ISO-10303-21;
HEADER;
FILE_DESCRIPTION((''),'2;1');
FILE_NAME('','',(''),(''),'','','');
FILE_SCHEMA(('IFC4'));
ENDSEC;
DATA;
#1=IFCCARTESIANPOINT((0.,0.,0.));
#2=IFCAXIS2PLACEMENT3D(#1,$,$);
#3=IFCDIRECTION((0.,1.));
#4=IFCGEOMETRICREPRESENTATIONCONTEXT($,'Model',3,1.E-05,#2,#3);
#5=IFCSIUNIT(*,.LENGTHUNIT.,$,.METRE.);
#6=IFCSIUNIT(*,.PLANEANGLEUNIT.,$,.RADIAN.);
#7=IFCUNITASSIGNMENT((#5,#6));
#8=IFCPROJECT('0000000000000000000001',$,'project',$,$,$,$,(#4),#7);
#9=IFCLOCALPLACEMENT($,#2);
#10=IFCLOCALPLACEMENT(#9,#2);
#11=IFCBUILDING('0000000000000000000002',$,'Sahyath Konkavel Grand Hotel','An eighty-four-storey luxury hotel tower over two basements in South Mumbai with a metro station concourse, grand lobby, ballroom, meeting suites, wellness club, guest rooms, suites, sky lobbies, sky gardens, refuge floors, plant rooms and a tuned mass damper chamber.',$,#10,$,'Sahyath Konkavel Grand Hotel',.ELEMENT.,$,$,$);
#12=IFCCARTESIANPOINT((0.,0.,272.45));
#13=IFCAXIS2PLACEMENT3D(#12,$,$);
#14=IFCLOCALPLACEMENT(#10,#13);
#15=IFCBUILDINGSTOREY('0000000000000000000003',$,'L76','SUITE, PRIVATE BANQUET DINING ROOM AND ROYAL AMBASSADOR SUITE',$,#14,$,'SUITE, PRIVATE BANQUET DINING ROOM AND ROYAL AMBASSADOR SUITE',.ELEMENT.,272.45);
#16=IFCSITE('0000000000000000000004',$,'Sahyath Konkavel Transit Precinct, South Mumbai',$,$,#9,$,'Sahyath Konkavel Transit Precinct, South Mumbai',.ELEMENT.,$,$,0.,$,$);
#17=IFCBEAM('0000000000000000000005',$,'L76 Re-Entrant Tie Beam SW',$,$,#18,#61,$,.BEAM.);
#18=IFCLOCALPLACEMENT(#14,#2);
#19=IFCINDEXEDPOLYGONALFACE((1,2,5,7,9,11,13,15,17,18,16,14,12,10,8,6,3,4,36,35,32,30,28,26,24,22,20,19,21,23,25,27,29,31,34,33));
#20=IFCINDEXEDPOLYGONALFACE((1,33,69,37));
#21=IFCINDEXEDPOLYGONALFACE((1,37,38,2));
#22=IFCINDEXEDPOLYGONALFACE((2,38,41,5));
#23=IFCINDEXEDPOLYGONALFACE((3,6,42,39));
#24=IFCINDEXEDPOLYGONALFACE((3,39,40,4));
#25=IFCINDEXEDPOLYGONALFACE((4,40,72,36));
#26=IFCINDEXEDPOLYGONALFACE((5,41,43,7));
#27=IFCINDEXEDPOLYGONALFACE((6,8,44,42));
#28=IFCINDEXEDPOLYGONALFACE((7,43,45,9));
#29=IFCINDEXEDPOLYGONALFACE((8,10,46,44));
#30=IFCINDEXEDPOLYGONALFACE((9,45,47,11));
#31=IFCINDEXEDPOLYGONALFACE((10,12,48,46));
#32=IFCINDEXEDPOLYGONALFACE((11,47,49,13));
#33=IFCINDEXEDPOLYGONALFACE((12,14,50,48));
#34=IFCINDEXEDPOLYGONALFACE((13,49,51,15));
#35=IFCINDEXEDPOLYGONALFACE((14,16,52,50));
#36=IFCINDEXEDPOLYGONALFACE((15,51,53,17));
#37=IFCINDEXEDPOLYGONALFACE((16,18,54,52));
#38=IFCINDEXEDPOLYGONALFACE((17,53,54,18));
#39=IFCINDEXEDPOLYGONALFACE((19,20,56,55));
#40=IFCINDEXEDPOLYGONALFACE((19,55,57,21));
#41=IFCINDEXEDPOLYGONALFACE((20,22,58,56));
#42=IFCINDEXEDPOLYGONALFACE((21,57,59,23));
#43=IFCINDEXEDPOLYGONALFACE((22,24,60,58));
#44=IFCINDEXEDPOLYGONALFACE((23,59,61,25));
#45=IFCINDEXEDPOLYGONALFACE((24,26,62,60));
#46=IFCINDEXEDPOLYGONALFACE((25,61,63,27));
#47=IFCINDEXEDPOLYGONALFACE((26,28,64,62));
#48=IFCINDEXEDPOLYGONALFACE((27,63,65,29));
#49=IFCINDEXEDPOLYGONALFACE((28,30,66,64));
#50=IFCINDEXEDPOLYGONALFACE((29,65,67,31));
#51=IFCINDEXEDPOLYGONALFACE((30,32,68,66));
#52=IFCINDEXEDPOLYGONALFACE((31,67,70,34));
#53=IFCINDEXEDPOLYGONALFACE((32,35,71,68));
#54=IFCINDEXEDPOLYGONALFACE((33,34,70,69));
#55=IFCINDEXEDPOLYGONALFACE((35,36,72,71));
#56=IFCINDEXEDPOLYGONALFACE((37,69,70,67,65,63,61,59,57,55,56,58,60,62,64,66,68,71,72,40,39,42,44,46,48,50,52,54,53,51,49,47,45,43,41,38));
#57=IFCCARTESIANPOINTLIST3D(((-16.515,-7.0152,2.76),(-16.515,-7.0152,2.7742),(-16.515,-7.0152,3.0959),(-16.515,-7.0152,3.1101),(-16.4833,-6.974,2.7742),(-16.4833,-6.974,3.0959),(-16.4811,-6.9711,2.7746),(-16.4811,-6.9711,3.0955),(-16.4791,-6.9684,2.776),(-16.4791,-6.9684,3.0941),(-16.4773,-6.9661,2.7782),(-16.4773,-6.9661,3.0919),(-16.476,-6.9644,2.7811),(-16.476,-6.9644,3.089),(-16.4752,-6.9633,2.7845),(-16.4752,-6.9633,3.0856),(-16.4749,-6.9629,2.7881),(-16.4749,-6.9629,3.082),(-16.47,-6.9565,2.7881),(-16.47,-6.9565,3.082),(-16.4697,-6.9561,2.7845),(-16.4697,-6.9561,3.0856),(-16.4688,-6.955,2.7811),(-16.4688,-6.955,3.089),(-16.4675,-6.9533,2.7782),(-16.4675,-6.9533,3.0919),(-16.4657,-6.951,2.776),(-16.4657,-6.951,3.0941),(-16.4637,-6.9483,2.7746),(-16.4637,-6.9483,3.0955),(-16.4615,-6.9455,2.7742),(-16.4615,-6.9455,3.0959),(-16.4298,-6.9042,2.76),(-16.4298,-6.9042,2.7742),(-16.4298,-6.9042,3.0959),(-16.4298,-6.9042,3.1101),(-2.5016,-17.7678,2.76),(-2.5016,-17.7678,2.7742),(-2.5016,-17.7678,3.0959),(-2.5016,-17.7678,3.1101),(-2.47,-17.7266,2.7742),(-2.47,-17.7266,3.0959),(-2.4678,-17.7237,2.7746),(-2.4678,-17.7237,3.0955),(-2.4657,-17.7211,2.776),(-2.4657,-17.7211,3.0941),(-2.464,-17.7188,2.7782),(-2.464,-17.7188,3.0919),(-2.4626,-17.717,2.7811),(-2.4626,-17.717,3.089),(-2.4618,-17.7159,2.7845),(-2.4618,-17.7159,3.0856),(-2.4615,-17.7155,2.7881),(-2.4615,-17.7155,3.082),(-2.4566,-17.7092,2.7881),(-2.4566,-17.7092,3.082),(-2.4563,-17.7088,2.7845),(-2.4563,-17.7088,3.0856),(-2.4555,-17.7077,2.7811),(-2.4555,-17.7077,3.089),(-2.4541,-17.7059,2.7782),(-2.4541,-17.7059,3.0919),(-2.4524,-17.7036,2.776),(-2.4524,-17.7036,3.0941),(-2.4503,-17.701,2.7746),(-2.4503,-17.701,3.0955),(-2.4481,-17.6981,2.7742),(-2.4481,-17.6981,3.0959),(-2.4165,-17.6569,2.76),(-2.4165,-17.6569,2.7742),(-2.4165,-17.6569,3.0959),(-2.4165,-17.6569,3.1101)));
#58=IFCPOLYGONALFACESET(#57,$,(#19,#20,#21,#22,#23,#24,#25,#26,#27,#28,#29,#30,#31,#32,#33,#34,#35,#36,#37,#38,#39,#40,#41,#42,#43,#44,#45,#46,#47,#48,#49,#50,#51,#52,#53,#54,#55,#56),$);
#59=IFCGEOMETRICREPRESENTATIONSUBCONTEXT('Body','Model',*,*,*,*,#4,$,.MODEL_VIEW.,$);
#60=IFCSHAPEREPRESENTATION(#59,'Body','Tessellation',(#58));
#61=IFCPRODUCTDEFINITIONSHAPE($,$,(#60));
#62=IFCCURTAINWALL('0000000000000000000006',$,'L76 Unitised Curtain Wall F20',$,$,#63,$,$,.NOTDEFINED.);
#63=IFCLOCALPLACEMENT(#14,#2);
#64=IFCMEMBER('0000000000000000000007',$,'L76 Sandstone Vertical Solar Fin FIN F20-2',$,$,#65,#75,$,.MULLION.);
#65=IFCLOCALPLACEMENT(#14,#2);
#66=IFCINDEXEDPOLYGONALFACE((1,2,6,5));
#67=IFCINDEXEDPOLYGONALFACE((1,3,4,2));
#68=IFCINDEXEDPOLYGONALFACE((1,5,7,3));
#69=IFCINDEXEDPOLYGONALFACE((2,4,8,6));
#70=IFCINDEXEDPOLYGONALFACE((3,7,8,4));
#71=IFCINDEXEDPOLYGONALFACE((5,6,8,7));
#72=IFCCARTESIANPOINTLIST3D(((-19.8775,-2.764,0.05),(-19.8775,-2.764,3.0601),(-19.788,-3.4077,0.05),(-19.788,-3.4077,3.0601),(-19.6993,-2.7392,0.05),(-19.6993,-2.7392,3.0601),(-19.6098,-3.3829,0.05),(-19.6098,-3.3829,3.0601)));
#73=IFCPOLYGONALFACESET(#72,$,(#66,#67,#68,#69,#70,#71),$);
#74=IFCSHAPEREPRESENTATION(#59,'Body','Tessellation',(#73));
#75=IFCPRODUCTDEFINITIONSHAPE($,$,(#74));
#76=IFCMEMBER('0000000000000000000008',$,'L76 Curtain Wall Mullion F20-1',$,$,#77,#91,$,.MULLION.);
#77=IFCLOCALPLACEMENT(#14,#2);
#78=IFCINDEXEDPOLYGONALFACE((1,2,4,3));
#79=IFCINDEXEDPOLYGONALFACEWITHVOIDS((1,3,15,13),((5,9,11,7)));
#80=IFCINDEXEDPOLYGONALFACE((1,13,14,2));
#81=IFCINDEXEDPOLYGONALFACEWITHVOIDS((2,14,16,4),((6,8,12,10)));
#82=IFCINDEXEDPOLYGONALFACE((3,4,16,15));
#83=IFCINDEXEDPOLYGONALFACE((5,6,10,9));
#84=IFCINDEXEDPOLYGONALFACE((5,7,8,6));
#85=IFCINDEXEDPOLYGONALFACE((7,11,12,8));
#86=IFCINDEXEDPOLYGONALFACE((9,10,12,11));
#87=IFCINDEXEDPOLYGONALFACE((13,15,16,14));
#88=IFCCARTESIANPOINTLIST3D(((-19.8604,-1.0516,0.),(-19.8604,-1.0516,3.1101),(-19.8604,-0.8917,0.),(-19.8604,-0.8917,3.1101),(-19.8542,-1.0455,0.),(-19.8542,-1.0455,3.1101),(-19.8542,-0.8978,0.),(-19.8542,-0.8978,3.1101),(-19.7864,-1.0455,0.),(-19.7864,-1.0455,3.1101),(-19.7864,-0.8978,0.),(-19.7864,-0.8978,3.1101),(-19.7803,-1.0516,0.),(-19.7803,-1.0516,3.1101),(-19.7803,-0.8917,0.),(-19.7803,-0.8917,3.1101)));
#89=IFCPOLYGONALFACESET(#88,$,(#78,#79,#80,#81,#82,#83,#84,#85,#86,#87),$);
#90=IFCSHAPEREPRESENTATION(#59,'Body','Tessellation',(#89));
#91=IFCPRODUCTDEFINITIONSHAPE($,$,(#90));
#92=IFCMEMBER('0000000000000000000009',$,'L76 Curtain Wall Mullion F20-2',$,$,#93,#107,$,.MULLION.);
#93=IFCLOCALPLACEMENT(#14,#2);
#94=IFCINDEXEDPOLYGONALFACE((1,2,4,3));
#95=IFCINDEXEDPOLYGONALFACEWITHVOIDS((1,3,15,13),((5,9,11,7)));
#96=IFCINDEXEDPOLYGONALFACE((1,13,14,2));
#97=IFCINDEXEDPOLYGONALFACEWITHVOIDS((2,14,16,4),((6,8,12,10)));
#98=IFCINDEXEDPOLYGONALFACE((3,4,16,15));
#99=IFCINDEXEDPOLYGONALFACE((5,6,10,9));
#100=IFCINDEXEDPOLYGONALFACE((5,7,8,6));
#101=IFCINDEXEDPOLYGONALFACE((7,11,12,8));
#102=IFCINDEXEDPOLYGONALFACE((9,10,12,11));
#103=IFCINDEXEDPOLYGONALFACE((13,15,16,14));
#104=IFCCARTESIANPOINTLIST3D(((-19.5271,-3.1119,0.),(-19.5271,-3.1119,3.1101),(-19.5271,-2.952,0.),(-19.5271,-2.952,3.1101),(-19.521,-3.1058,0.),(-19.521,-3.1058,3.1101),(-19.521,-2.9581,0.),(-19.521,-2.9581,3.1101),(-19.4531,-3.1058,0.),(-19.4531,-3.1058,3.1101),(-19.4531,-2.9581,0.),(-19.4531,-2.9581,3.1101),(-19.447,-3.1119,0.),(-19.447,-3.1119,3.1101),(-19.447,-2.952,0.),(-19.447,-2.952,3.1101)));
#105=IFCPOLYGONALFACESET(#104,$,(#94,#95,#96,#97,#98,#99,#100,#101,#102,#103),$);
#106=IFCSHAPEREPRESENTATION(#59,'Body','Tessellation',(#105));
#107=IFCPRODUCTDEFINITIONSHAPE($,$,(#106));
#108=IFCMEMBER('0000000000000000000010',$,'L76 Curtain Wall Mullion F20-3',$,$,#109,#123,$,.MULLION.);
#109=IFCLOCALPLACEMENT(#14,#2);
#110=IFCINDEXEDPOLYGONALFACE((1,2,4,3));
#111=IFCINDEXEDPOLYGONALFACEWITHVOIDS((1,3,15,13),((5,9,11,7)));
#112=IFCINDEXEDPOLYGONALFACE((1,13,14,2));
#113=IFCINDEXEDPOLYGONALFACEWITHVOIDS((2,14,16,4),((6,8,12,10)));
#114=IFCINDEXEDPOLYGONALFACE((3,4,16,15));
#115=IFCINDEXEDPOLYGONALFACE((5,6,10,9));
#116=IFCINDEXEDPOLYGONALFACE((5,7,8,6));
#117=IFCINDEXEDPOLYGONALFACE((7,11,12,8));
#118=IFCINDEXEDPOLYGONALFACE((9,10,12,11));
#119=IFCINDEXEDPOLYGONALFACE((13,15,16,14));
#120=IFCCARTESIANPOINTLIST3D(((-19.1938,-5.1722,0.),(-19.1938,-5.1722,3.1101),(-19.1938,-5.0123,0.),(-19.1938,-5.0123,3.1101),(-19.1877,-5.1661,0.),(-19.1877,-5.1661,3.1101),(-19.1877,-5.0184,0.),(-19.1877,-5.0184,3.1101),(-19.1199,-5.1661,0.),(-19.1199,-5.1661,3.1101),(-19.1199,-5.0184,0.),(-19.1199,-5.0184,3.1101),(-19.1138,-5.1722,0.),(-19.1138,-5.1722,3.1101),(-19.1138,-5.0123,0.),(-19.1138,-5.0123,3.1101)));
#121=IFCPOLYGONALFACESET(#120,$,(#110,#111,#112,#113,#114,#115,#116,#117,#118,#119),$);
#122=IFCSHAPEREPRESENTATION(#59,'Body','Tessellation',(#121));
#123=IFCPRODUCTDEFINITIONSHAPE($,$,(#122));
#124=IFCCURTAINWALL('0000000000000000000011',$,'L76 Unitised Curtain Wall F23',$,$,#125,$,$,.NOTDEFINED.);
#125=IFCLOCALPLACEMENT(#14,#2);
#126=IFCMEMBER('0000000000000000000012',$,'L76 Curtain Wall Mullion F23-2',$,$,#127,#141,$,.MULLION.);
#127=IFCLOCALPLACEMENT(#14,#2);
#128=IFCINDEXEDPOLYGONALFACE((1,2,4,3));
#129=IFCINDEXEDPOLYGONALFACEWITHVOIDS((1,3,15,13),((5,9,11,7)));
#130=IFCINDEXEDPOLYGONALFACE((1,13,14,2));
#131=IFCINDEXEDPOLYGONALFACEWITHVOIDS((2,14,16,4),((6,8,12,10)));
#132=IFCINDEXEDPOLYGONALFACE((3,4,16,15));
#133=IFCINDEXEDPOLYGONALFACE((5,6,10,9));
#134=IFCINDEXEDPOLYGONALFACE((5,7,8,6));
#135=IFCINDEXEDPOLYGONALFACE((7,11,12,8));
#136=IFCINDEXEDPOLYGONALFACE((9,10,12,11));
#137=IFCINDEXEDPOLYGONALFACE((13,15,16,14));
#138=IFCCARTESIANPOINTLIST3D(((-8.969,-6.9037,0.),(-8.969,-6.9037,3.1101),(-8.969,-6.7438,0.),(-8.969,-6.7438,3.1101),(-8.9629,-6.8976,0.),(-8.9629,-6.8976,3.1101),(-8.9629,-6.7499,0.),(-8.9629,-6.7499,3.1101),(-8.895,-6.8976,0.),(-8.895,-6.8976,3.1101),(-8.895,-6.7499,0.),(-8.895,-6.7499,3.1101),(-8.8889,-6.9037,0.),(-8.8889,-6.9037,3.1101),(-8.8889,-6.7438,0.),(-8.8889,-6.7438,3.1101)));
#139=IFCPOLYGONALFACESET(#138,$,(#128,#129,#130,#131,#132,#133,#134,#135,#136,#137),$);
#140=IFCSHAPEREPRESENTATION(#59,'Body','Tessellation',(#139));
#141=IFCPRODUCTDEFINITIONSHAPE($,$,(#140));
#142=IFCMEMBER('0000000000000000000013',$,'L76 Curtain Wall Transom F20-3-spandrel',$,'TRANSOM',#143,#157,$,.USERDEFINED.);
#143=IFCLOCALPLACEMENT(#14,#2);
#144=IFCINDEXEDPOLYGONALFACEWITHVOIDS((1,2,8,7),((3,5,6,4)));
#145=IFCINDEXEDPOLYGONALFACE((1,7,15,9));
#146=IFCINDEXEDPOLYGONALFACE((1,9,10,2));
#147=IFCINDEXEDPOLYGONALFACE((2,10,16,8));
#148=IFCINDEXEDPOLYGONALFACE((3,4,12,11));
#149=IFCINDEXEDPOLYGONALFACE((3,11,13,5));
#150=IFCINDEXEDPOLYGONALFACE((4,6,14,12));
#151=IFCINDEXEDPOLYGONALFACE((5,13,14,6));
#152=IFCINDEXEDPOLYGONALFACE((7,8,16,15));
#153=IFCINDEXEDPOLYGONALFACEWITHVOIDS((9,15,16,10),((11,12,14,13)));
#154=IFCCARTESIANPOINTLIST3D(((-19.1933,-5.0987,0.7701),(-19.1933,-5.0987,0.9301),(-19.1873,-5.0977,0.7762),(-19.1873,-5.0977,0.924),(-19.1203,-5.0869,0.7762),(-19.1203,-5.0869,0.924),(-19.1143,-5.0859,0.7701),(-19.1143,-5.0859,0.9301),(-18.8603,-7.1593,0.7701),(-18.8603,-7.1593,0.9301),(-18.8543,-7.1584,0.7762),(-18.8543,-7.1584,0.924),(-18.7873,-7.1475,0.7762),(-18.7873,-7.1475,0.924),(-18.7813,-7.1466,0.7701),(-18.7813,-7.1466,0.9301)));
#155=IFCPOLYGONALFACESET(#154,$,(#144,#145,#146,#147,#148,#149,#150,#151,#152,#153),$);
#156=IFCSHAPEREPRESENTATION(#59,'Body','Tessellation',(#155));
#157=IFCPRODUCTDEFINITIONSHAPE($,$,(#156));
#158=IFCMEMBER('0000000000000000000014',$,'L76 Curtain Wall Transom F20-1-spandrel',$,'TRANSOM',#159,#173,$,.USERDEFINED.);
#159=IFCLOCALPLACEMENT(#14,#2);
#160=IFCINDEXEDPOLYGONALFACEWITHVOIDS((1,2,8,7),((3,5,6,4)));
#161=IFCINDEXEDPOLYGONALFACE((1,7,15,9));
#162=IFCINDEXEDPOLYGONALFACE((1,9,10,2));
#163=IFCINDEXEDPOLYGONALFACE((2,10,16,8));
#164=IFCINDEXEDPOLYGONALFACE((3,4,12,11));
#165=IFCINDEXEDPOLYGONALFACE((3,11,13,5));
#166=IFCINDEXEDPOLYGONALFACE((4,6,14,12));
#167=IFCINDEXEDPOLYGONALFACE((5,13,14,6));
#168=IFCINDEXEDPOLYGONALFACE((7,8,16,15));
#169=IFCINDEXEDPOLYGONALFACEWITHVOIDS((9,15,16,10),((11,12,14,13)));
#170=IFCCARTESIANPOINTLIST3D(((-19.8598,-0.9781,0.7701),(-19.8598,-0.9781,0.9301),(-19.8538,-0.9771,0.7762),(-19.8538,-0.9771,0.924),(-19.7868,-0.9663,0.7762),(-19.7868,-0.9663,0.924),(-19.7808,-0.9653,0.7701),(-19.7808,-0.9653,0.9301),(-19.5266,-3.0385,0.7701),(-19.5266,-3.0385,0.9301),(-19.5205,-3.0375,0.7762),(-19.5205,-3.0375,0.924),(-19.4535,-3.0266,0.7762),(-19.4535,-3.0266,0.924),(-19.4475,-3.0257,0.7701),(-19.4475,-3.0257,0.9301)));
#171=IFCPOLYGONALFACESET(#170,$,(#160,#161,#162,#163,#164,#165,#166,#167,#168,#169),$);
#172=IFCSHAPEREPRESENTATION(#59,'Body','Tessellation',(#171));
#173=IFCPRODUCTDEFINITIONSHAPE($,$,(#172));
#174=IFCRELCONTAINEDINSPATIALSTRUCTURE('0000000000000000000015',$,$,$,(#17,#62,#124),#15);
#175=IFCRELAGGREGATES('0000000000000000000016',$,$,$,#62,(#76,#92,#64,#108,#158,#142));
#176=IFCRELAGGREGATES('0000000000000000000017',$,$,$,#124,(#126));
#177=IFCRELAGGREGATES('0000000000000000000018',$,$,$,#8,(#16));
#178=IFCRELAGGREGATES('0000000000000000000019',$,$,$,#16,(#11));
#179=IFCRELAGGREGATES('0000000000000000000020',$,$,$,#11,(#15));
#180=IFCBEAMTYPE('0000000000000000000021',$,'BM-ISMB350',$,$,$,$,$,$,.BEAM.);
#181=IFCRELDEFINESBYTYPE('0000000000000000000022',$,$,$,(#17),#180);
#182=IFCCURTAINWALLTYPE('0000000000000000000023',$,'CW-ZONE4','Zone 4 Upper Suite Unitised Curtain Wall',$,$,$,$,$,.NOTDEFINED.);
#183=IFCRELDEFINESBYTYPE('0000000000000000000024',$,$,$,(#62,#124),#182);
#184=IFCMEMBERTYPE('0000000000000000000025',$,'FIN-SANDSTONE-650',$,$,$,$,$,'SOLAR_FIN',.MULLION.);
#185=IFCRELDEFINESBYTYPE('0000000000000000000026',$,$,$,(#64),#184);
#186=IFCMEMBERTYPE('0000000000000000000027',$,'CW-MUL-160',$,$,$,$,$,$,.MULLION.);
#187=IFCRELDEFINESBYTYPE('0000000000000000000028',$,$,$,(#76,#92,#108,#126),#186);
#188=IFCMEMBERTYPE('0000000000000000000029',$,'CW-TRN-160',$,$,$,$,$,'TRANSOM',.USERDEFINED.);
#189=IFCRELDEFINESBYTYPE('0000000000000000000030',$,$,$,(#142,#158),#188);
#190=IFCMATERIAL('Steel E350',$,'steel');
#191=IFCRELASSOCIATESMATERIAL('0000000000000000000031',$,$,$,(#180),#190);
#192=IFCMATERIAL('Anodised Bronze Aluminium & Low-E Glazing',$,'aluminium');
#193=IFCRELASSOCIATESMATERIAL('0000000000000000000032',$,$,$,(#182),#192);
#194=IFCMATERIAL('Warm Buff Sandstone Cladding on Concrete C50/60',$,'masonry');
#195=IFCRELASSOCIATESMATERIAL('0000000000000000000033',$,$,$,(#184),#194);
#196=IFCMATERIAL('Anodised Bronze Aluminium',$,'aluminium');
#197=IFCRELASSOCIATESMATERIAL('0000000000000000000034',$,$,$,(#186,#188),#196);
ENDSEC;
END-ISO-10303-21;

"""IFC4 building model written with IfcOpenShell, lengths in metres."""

from ifc_helpers import new_model, si_unit, direction, frame, origin, origin_2d, place, context, subcontext, project, spatial, rectangle, hollow_rectangle, i_section, extrude, source, transform, mapped, material, material_profile, profile_set, type_object, element, aggregate, save


model = new_model("IFC4")

# Units and contexts
model_context = context("Model", 3, precision=1e-05, world=origin(), true_north=direction((0.0, 1.0)))
body_context = subcontext(model_context, "Body", "Model", "MODEL_VIEW")
ifc_project = project(units=[si_unit("LENGTHUNIT", "METRE"), si_unit("PLANEANGLEUNIT", "RADIAN")], contexts=[model_context])

# Site, building, storey
site_placement = place(None, origin())
site = spatial("IfcSite", under=ifc_project, at=site_placement, Name="Sahyath Konkavel Transit Precinct, South Mumbai", LongName="Sahyath Konkavel Transit Precinct, South Mumbai", CompositionType="ELEMENT", RefElevation=0.0)
building_placement = place(site_placement, origin())
building = spatial("IfcBuilding", under=site, at=building_placement, Name="Sahyath Konkavel Grand Hotel", Description="An eighty-four-storey luxury hotel tower over two basements in South Mumbai with a metro station concourse, grand lobby, ballroom, meeting suites, wellness club, guest rooms, suites, sky lobbies, sky gardens, refuge floors, plant rooms and a tuned mass damper chamber.", LongName="Sahyath Konkavel Grand Hotel", CompositionType="ELEMENT")
storey_placement = place(building_placement, frame((0.0, 0.0, 272.45)))
storey = spatial("IfcBuildingStorey", under=building, at=storey_placement, Name="L76", Description="SUITE, PRIVATE BANQUET DINING ROOM AND ROYAL AMBASSADOR SUITE", LongName="SUITE, PRIVATE BANQUET DINING ROOM AND ROYAL AMBASSADOR SUITE", CompositionType="ELEMENT", Elevation=272.45)

# Beam
ifc_material_1 = material(Name="Steel E350", Category="steel")
ifc_material_profile_1 = material_profile(ifc_material_1, i_section(OverallWidth=0.1399, OverallDepth=0.3501, WebThickness=0.0081, FlangeThickness=0.0142, FilletRadius=0.0139, at=origin_2d()), Name="ISMB 350")
ifc_profile_set_1 = profile_set([ifc_material_profile_1], Name="Steel E350")
beam_type_1 = type_object("IfcBeamType", Name="BM-ISMB350", PredefinedType="BEAM", material=ifc_profile_set_1)
shared_shape_1 = source(origin(), body_context, "Body", "SweptSolid", [
    extrude(i_section(OverallWidth=0.1399, OverallDepth=0.3501, WebThickness=0.0081, FlangeThickness=0.0142, FilletRadius=0.0139, at=origin_2d()), origin(), (0.0, 0.0, 1.0), 17.6633),
])
beam_1_placement = place(storey_placement, frame((-16.4724, -6.9597, 2.9351), z_axis=(0.793359, -0.608754, 0.0), x_axis=(0.608754, 0.793359, 0.0)))
element("IfcBeam", 1, at=beam_1_placement, inside=storey, type_object=beam_type_1, Name="L76 Re-Entrant Tie Beam SW", PredefinedType="BEAM", context=body_context, shape_type="MappedRepresentation", body=[
    mapped(shared_shape_1, transform((0.0, 0.0, 0.0), scale=1.0)),
])

# Curtain wall, members
ifc_material_2 = material(Name="Anodised Bronze Aluminium & Low-E Glazing", Category="aluminium")
curtain_wall_type = type_object("IfcCurtainWallType", Name="CW-ZONE4", Description="Zone 4 Upper Suite Unitised Curtain Wall", PredefinedType="NOTDEFINED", material=ifc_material_2)
curtain_wall_1_placement = place(storey_placement, origin())
curtain_wall_1 = element("IfcCurtainWall", 2, at=curtain_wall_1_placement, inside=storey, type_object=curtain_wall_type, Name="L76 Unitised Curtain Wall F20", PredefinedType="NOTDEFINED")
ifc_material_3 = material(Name="Warm Buff Sandstone Cladding on Concrete C50/60", Category="masonry")
ifc_material_profile_2 = material_profile(ifc_material_3, rectangle(XDim=0.1799, YDim=0.6499, at=origin_2d()), Name="FIN 180x650")
ifc_profile_set_2 = profile_set([ifc_material_profile_2], Name="Warm Buff Sandstone Cladding on Concrete C50/60")
member_type_1 = type_object("IfcMemberType", Name="FIN-SANDSTONE-650", ElementType="SOLAR_FIN", PredefinedType="MULLION", material=ifc_profile_set_2)
shared_shape_2 = source(origin(), body_context, "Body", "SweptSolid", [
    extrude(rectangle(XDim=0.1799, YDim=0.6499, at=origin_2d()), origin(), (0.0, 0.0, 1.0), 3.01),
])
member_1_placement = place(storey_placement, frame((-19.7437, -3.0735, 0.05), z_axis=(0.0, 0.0, 1.0), x_axis=(0.990461, 0.13779, 0.0)))
member_1 = element("IfcMember", 3, at=member_1_placement, type_object=member_type_1, Name="L76 Sandstone Vertical Solar Fin FIN F20-2", PredefinedType="MULLION", context=body_context, shape_type="MappedRepresentation", body=[
    mapped(shared_shape_2, transform((0.0, 0.0, 0.0), scale=1.0)),
])
ifc_material_4 = material(Name="Anodised Bronze Aluminium", Category="aluminium")
ifc_material_profile_3 = material_profile(ifc_material_4, hollow_rectangle(XDim=0.0801, YDim=0.1599, WallThickness=0.0061, at=origin_2d()), Name="RHS 160x80x6")
ifc_profile_set_3 = profile_set([ifc_material_profile_3], Name="Anodised Bronze Aluminium")
member_type_2 = type_object("IfcMemberType", Name="CW-MUL-160", PredefinedType="MULLION", material=ifc_profile_set_3)
shared_shape_3 = source(origin(), body_context, "Body", "SweptSolid", [
    extrude(hollow_rectangle(XDim=0.0801, YDim=0.1599, WallThickness=0.0061, at=origin_2d()), origin(), (0.0, 0.0, 1.0), 3.1101),
])
member_2_placement = place(storey_placement, frame((-19.8203, -0.9717, 0.0), z_axis=(0.0, 0.0, 1.0), x_axis=(1.0, 0.0, 0.0)))
member_2 = element("IfcMember", 4, at=member_2_placement, type_object=member_type_2, Name="L76 Curtain Wall Mullion F20-1", PredefinedType="MULLION", context=body_context, shape_type="MappedRepresentation", body=[
    mapped(shared_shape_3, transform((0.0, 0.0, 0.0), scale=1.0)),
])
member_3_placement = place(storey_placement, frame((-19.4871, -3.032, 0.0), z_axis=(0.0, 0.0, 1.0), x_axis=(1.0, 0.0, 0.0)))
member_3 = element("IfcMember", 5, at=member_3_placement, type_object=member_type_2, Name="L76 Curtain Wall Mullion F20-2", PredefinedType="MULLION", context=body_context, shape_type="MappedRepresentation", body=[
    mapped(shared_shape_3, transform((0.0, 0.0, 0.0), scale=1.0)),
])
member_4_placement = place(storey_placement, frame((-19.1538, -5.0923, 0.0), z_axis=(0.0, 0.0, 1.0), x_axis=(1.0, 0.0, 0.0)))
member_4 = element("IfcMember", 6, at=member_4_placement, type_object=member_type_2, Name="L76 Curtain Wall Mullion F20-3", PredefinedType="MULLION", context=body_context, shape_type="MappedRepresentation", body=[
    mapped(shared_shape_3, transform((0.0, 0.0, 0.0), scale=1.0)),
])

# Curtain wall, member
curtain_wall_2_placement = place(storey_placement, origin())
curtain_wall_2 = element("IfcCurtainWall", 7, at=curtain_wall_2_placement, inside=storey, type_object=curtain_wall_type, Name="L76 Unitised Curtain Wall F23", PredefinedType="NOTDEFINED")
member_5_placement = place(storey_placement, frame((-8.929, -6.8237, 0.0), z_axis=(0.0, 0.0, 1.0), x_axis=(1.0, 0.0, 0.0)))
member_5 = element("IfcMember", 8, at=member_5_placement, type_object=member_type_2, Name="L76 Curtain Wall Mullion F23-2", PredefinedType="MULLION", context=body_context, shape_type="MappedRepresentation", body=[
    mapped(shared_shape_3, transform((0.0, 0.0, 0.0), scale=1.0)),
])

# Members
ifc_material_profile_4 = material_profile(ifc_material_4, hollow_rectangle(XDim=0.0801, YDim=0.1599, WallThickness=0.0061, at=origin_2d()), Name="RHS 160x80x6")
ifc_profile_set_4 = profile_set([ifc_material_profile_4], Name="Anodised Bronze Aluminium")
member_type_3 = type_object("IfcMemberType", Name="CW-TRN-160", ElementType="TRANSOM", PredefinedType="USERDEFINED", material=ifc_profile_set_4)
shared_shape_4 = source(origin(), body_context, "Body", "SweptSolid", [
    extrude(hollow_rectangle(XDim=0.0801, YDim=0.1599, WallThickness=0.0061, at=origin_2d()), origin(), (0.0, 0.0, 1.0), 2.0874),
])
member_6_placement = place(storey_placement, frame((-19.1538, -5.0923, 0.8501), z_axis=(0.159541, -0.987191, 0.0), x_axis=(0.987191, 0.159541, 0.0)))
member_6 = element("IfcMember", 9, at=member_6_placement, type_object=member_type_3, Name="L76 Curtain Wall Transom F20-3-spandrel", ObjectType="TRANSOM", PredefinedType="USERDEFINED", context=body_context, shape_type="MappedRepresentation", body=[
    mapped(shared_shape_4, transform((0.0, 0.0, 0.0), scale=1.0)),
])
shared_shape_5 = source(origin(), body_context, "Body", "SweptSolid", [
    extrude(hollow_rectangle(XDim=0.0801, YDim=0.1599, WallThickness=0.0061, at=origin_2d()), origin(), (0.0, 0.0, 1.0), 2.0872),
])
member_7_placement = place(storey_placement, frame((-19.8203, -0.9717, 0.8501), z_axis=(0.159674, -0.98717, 0.0), x_axis=(0.98717, 0.159674, 0.0)))
member_7 = element("IfcMember", 10, at=member_7_placement, type_object=member_type_3, Name="L76 Curtain Wall Transom F20-1-spandrel", ObjectType="TRANSOM", PredefinedType="USERDEFINED", context=body_context, shape_type="MappedRepresentation", body=[
    mapped(shared_shape_5, transform((0.0, 0.0, 0.0), scale=1.0)),
])

aggregate(curtain_wall_1, [member_2, member_3, member_1, member_4, member_7, member_6])
aggregate(curtain_wall_2, [member_5])

save(model, "model.ifc")
